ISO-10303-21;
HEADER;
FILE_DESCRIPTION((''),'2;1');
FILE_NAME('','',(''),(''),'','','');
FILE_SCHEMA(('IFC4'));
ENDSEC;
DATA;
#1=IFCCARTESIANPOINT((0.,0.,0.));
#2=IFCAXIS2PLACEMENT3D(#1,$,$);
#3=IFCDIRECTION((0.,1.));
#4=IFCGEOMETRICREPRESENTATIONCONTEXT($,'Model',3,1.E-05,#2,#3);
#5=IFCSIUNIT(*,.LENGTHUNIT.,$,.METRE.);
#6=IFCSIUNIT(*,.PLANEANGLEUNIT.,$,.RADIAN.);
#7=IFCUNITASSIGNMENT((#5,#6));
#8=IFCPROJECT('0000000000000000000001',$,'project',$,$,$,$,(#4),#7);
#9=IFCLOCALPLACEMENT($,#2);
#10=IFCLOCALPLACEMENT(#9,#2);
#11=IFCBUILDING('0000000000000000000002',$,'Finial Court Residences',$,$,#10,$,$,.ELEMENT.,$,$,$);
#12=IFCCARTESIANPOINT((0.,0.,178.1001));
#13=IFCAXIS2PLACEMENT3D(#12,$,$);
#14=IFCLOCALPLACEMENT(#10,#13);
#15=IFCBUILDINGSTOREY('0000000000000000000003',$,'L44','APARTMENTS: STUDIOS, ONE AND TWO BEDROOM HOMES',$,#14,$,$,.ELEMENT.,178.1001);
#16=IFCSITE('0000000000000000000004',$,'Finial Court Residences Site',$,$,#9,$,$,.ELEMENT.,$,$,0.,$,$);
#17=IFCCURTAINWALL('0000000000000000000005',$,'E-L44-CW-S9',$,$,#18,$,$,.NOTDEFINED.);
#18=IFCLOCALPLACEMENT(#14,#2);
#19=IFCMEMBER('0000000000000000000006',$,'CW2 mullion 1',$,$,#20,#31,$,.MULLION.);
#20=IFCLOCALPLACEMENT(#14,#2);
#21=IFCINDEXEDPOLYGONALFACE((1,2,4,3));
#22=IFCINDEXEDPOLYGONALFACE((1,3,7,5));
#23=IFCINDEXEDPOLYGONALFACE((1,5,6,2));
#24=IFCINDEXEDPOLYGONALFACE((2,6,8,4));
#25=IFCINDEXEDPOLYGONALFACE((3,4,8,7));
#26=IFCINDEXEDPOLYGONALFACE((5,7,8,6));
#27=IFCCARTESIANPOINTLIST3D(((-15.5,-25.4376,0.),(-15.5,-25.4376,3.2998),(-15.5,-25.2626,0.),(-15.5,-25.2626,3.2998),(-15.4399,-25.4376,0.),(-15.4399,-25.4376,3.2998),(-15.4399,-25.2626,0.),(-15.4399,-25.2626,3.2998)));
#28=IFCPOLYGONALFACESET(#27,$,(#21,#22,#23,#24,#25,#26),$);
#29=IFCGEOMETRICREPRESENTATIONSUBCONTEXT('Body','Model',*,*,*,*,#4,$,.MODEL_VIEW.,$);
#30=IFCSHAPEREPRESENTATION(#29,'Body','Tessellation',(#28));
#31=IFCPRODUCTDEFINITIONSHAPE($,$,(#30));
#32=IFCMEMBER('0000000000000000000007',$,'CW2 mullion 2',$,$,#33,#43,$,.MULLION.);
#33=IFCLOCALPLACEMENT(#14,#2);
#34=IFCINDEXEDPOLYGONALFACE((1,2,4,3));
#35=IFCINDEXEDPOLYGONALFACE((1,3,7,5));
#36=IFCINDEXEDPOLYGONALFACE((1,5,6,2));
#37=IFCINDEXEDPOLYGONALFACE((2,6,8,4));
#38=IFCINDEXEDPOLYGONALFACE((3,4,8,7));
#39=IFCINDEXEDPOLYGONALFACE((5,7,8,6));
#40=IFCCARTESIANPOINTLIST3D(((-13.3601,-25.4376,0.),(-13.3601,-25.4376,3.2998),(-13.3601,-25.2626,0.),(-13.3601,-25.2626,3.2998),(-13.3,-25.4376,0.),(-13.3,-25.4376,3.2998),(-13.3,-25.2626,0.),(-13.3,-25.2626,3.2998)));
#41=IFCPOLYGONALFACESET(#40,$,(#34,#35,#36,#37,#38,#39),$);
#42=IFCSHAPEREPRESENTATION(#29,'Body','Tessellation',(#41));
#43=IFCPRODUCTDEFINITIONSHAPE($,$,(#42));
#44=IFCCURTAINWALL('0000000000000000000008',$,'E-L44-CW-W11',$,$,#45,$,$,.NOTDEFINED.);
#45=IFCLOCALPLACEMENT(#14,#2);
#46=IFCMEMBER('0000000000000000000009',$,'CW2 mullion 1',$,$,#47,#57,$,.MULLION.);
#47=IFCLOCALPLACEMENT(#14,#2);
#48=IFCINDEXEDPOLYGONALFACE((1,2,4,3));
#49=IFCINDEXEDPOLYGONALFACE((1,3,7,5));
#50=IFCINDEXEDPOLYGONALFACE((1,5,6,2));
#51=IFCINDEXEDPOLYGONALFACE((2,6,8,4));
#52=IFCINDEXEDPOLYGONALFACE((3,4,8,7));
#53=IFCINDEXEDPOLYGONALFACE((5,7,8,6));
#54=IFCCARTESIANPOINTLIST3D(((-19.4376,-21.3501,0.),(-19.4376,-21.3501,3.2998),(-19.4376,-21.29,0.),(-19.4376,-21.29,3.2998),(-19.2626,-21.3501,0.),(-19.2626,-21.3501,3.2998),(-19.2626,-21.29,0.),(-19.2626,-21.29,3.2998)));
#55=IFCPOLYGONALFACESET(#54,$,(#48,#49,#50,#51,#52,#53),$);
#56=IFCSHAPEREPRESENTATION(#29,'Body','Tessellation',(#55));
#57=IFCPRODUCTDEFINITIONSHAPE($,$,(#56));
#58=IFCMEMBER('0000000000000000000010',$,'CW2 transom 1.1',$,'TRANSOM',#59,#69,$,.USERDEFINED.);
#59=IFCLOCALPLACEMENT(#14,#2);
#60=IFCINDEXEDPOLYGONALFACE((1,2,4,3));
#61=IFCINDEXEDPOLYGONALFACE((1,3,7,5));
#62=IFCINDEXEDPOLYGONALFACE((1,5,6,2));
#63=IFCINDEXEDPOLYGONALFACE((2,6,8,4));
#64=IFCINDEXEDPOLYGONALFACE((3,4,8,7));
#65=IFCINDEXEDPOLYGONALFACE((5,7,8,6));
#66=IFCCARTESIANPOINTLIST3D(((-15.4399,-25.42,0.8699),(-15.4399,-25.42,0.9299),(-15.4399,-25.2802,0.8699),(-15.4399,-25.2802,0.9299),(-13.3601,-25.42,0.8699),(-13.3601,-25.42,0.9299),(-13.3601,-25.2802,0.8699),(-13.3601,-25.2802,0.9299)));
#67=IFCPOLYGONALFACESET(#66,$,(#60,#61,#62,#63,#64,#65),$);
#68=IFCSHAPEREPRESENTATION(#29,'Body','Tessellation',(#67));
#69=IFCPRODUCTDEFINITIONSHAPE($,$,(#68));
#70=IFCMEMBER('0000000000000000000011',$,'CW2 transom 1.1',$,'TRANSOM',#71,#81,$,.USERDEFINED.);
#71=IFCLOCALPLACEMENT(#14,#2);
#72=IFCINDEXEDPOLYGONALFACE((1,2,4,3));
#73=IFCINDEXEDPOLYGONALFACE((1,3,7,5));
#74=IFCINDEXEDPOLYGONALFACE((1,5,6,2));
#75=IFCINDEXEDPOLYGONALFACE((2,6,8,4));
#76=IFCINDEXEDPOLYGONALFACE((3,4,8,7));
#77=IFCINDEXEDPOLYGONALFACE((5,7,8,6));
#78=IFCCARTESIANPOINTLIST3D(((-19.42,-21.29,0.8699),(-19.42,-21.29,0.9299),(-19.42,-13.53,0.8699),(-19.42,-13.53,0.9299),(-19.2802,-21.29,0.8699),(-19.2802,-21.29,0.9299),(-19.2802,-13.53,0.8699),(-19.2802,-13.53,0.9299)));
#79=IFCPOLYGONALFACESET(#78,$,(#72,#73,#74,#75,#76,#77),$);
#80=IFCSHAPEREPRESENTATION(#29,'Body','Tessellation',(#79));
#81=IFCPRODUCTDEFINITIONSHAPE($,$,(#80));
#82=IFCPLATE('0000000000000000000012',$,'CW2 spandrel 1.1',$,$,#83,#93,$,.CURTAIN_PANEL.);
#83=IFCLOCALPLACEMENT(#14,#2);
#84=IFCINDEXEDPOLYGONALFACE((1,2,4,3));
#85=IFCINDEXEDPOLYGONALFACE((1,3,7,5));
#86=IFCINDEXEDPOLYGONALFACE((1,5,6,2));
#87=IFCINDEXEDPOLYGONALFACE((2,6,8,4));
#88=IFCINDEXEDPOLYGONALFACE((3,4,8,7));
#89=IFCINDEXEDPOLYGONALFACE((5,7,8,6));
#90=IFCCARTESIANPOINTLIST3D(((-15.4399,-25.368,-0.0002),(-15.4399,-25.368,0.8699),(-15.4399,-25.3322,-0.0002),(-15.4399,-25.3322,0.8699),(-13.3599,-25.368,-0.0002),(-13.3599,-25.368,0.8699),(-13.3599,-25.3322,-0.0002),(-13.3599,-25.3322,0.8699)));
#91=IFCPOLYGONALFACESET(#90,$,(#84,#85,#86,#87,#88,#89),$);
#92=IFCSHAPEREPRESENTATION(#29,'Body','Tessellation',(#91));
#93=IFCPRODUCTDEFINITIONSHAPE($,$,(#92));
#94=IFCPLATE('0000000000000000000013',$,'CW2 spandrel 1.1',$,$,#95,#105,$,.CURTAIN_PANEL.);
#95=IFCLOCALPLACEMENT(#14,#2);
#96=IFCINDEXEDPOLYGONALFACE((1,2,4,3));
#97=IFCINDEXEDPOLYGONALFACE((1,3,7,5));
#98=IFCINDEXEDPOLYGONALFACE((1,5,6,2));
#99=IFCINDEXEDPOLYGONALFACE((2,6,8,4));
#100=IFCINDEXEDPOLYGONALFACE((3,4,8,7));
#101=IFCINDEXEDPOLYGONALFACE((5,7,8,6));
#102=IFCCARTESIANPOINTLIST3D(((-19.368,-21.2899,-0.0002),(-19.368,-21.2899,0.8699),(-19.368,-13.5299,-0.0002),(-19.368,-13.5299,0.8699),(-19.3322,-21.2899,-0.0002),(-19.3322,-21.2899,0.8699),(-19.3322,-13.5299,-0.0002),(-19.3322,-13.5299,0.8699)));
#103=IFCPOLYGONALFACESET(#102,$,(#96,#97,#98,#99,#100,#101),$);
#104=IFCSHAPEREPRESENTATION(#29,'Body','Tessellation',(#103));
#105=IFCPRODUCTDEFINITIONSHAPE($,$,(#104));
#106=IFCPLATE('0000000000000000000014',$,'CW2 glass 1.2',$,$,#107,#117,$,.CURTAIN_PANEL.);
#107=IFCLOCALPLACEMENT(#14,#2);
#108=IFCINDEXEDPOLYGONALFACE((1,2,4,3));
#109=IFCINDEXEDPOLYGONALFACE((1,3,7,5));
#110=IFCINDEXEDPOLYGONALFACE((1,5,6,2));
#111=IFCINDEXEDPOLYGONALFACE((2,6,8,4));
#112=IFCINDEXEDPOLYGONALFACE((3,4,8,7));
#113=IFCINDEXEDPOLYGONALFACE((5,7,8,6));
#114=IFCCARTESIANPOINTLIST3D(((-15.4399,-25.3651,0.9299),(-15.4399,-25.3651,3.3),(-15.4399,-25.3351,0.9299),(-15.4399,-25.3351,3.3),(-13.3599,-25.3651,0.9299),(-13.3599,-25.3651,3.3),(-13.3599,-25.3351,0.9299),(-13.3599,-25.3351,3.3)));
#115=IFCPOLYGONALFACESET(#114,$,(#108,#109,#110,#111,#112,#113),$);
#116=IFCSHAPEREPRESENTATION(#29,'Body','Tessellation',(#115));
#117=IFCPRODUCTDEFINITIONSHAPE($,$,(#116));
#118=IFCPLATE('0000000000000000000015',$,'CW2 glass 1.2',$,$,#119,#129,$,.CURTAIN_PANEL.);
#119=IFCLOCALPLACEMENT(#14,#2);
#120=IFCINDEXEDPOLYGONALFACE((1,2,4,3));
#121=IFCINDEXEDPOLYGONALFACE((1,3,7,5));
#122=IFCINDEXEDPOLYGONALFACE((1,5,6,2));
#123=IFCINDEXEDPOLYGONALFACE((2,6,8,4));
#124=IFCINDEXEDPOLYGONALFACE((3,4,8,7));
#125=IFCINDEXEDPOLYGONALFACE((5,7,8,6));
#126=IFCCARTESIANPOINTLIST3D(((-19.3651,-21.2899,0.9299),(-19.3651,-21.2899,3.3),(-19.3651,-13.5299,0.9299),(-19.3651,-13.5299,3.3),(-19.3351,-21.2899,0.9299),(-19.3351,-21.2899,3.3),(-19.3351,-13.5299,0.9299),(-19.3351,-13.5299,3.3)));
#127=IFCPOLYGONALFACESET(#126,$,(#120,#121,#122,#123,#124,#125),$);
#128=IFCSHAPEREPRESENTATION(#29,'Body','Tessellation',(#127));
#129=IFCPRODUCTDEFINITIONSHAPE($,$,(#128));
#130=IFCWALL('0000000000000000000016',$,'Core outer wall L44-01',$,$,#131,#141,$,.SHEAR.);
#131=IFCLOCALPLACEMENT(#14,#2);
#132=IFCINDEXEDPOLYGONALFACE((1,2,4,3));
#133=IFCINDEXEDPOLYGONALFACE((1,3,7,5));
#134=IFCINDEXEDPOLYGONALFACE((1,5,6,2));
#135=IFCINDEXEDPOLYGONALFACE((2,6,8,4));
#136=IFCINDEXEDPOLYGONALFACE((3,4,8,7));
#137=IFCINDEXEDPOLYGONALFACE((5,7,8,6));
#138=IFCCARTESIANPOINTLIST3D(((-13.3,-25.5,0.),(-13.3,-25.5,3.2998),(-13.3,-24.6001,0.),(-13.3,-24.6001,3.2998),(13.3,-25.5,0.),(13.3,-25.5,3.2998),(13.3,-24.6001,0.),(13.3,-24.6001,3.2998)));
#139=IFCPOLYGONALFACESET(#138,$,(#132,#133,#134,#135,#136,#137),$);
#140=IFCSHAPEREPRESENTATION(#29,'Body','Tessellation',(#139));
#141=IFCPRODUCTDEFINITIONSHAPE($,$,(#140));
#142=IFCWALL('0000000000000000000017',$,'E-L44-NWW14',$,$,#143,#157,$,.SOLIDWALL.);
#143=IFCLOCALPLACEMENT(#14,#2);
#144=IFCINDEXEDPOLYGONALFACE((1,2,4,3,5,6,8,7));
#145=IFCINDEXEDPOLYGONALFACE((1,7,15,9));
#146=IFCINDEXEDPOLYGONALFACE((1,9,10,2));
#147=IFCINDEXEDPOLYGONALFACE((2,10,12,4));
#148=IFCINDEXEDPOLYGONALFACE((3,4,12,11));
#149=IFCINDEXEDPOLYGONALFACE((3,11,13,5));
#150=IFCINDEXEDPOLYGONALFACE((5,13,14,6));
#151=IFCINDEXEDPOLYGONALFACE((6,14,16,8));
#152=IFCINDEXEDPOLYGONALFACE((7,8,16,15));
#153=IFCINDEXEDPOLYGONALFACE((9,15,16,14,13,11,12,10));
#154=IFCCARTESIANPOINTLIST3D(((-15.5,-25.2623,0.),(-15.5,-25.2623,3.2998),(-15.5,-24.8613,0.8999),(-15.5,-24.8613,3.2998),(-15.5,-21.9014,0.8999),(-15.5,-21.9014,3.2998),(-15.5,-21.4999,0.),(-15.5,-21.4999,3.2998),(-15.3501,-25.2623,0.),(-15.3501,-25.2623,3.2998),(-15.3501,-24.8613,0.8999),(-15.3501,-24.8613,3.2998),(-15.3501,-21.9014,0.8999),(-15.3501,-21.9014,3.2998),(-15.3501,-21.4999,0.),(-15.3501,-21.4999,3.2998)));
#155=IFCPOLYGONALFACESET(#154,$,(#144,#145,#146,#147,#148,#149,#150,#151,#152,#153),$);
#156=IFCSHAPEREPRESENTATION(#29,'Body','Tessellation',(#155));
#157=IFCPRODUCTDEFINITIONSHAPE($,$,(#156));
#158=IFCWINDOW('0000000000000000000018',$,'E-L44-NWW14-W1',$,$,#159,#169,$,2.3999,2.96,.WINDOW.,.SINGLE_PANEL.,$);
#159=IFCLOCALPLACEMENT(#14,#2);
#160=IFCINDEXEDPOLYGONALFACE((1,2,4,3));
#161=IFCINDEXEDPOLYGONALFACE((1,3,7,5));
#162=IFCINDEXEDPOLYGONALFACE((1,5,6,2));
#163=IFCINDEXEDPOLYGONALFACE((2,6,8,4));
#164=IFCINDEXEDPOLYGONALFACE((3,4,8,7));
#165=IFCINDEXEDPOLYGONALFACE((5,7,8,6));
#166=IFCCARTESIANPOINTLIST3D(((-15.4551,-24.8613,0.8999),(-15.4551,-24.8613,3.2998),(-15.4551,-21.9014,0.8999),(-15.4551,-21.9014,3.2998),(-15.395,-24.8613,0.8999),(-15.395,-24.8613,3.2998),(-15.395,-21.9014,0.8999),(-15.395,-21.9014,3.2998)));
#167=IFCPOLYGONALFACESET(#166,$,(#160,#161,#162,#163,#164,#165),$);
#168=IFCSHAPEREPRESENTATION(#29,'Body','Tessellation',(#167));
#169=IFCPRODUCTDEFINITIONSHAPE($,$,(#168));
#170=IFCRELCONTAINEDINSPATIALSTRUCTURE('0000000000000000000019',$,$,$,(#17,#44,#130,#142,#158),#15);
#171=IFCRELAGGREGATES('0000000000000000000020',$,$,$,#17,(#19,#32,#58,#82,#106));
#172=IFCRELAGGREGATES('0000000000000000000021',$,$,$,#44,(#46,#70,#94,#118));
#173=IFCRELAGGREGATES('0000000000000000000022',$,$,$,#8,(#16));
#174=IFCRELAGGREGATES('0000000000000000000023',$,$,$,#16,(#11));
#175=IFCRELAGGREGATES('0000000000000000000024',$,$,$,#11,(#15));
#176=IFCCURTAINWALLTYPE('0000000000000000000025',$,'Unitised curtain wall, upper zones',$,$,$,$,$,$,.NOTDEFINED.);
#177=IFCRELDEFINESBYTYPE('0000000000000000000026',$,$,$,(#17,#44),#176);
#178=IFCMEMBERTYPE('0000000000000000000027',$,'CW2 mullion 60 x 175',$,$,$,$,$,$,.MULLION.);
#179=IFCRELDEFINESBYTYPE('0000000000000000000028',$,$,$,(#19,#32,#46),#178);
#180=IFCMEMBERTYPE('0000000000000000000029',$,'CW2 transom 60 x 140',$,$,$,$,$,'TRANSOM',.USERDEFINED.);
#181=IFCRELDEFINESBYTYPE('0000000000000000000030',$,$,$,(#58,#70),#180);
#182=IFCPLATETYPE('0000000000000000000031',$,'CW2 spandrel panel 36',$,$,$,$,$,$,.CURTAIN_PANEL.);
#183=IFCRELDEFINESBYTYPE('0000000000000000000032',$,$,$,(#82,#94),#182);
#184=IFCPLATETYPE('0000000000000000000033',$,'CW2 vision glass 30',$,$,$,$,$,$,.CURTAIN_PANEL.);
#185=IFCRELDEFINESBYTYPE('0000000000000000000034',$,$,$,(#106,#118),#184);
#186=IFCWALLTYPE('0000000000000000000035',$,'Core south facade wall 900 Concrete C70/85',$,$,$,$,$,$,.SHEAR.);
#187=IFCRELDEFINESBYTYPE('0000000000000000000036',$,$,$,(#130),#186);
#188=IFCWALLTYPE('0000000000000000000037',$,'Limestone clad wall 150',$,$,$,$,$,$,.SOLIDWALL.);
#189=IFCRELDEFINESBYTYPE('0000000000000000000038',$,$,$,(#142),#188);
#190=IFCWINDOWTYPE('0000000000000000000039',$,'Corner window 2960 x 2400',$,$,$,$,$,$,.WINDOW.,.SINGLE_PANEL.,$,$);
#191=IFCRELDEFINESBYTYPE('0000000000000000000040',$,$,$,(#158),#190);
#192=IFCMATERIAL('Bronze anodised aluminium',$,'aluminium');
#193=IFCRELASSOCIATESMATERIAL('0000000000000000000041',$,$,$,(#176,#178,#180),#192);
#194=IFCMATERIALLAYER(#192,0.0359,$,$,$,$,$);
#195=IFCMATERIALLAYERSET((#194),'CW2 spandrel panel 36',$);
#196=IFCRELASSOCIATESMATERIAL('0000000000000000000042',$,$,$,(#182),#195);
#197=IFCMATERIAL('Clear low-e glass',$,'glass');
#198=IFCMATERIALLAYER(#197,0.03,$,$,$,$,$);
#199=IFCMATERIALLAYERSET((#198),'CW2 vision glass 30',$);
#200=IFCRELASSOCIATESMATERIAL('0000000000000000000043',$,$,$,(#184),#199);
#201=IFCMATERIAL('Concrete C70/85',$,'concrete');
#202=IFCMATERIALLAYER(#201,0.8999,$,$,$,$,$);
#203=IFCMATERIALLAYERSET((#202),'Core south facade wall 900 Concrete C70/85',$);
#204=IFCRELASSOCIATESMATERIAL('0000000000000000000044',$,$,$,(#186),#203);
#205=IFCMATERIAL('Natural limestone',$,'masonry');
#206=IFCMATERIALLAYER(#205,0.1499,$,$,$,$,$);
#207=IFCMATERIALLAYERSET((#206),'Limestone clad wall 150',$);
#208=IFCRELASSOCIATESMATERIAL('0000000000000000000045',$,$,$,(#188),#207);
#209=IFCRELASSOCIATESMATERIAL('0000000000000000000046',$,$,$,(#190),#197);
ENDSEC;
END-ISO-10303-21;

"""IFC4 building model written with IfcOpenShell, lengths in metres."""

from ifc_helpers import new_model, si_unit, direction, frame, frame_2d, origin, origin_2d, place, context, subcontext, project, spatial, rectangle, extrude, material, layer, layer_set, material_profile, profile_set, type_object, element, fill, aggregate, save


model = new_model("IFC4")

# Units and contexts
model_context = context("Model", 3, precision=1e-05, world=origin(), true_north=direction((0.0, 1.0)))
body_context = subcontext(model_context, "Body", "Model", "MODEL_VIEW")
ifc_project = project(units=[si_unit("LENGTHUNIT", "METRE"), si_unit("PLANEANGLEUNIT", "RADIAN")], contexts=[model_context])

# Site, building, storey
site_placement = place(None, origin())
site = spatial("IfcSite", under=ifc_project, at=site_placement, Name="Finial Court Residences Site", CompositionType="ELEMENT", RefElevation=0.0)
building_placement = place(site_placement, origin())
building = spatial("IfcBuilding", under=site, at=building_placement, Name="Finial Court Residences", CompositionType="ELEMENT")
storey_placement = place(building_placement, frame((0.0, 0.0, 178.1001)))
storey = spatial("IfcBuildingStorey", under=building, at=storey_placement, Name="L44", Description="APARTMENTS: STUDIOS, ONE AND TWO BEDROOM HOMES", CompositionType="ELEMENT", Elevation=178.1001)

# Curtain wall, members
ifc_material_1 = material(Name="Bronze anodised aluminium", Category="aluminium")
curtain_wall_type = type_object("IfcCurtainWallType", Name="Unitised curtain wall, upper zones", PredefinedType="NOTDEFINED", material=ifc_material_1)
curtain_wall_1_placement = place(storey_placement, origin())
curtain_wall_1 = element("IfcCurtainWall", 1, at=curtain_wall_1_placement, inside=storey, type_object=curtain_wall_type, Name="E-L44-CW-S9", PredefinedType="NOTDEFINED")
ifc_material_profile_1 = material_profile(ifc_material_1, rectangle(XDim=0.175, YDim=0.0601, at=origin_2d()), Name="CW2 mullion 60 x 175")
ifc_profile_set_1 = profile_set([ifc_material_profile_1], Name="Bronze anodised aluminium")
member_type_1 = type_object("IfcMemberType", Name="CW2 mullion 60 x 175", PredefinedType="MULLION", material=ifc_profile_set_1)
member_1_placement = place(storey_placement, frame((-15.47, -25.3501, 0.0), z_axis=(0.0, 0.0, 1.0), x_axis=(0.0, 1.0, 0.0)))
member_1 = element("IfcMember", 2, at=member_1_placement, type_object=member_type_1, Name="CW2 mullion 1", PredefinedType="MULLION", context=body_context, shape_type="SweptSolid", body=[
    extrude(rectangle(XDim=0.175, YDim=0.0601, at=origin_2d()), origin(), (0.0, 0.0, 1.0), 3.2998),
])
member_2_placement = place(storey_placement, frame((-13.3301, -25.3501, 0.0), z_axis=(0.0, 0.0, 1.0), x_axis=(0.0, 1.0, 0.0)))
member_2 = element("IfcMember", 3, at=member_2_placement, type_object=member_type_1, Name="CW2 mullion 2", PredefinedType="MULLION", context=body_context, shape_type="SweptSolid", body=[
    extrude(rectangle(XDim=0.175, YDim=0.0601, at=origin_2d()), origin(), (0.0, 0.0, 1.0), 3.2998),
])

# Curtain wall, member
curtain_wall_2_placement = place(storey_placement, origin())
curtain_wall_2 = element("IfcCurtainWall", 4, at=curtain_wall_2_placement, inside=storey, type_object=curtain_wall_type, Name="E-L44-CW-W11", PredefinedType="NOTDEFINED")
member_3_placement = place(storey_placement, frame((-19.3501, -21.3201, 0.0), z_axis=(0.0, 0.0, 1.0), x_axis=(-1.0, 0.0, 0.0)))
member_3 = element("IfcMember", 5, at=member_3_placement, type_object=member_type_1, Name="CW2 mullion 1", PredefinedType="MULLION", context=body_context, shape_type="SweptSolid", body=[
    extrude(rectangle(XDim=0.175, YDim=0.0601, at=origin_2d()), origin(), (0.0, 0.0, 1.0), 3.2998),
])

# Members
ifc_material_profile_2 = material_profile(ifc_material_1, rectangle(XDim=0.1399, YDim=0.0601, at=origin_2d()), Name="CW2 transom 60 x 140")
ifc_profile_set_2 = profile_set([ifc_material_profile_2], Name="Bronze anodised aluminium")
member_type_2 = type_object("IfcMemberType", Name="CW2 transom 60 x 140", ElementType="TRANSOM", PredefinedType="USERDEFINED", material=ifc_profile_set_2)
member_4_placement = place(storey_placement, frame((-15.4399, -25.3501, 0.8999), z_axis=(1.0, 0.0, 0.0), x_axis=(0.0, 1.0, 0.0)))
member_4 = element("IfcMember", 6, at=member_4_placement, type_object=member_type_2, Name="CW2 transom 1.1", ObjectType="TRANSOM", PredefinedType="USERDEFINED", context=body_context, shape_type="SweptSolid", body=[
    extrude(rectangle(XDim=0.1399, YDim=0.0601, at=origin_2d()), origin(), (0.0, 0.0, 1.0), 2.0798),
])
member_5_placement = place(storey_placement, frame((-19.3501, -21.29, 0.8999), z_axis=(0.0, 1.0, 0.0), x_axis=(-1.0, 0.0, 0.0)))
member_5 = element("IfcMember", 7, at=member_5_placement, type_object=member_type_2, Name="CW2 transom 1.1", ObjectType="TRANSOM", PredefinedType="USERDEFINED", context=body_context, shape_type="SweptSolid", body=[
    extrude(rectangle(XDim=0.1399, YDim=0.0601, at=origin_2d()), origin(), (0.0, 0.0, 1.0), 7.76),
])

# Plates
ifc_layer_1 = layer(ifc_material_1, 0.0359)
ifc_layer_set_1 = layer_set([ifc_layer_1], Name="CW2 spandrel panel 36")
plate_type_1 = type_object("IfcPlateType", Name="CW2 spandrel panel 36", PredefinedType="CURTAIN_PANEL", material=ifc_layer_set_1)
plate_1_placement = place(storey_placement, frame((-14.3999, -25.3501, -0.0002), z_axis=(0.0, 0.0, 1.0), x_axis=(1.0, 0.0, 0.0)))
plate_1 = element("IfcPlate", 8, at=plate_1_placement, type_object=plate_type_1, Name="CW2 spandrel 1.1", PredefinedType="CURTAIN_PANEL", context=body_context, shape_type="SweptSolid", body=[
    extrude(rectangle(XDim=2.0801, YDim=0.0359, at=origin_2d()), origin(), (0.0, 0.0, 1.0), 0.8701),
])
plate_2_placement = place(storey_placement, frame((-19.3501, -17.4099, -0.0002), z_axis=(0.0, 0.0, 1.0), x_axis=(0.0, 1.0, 0.0)))
plate_2 = element("IfcPlate", 9, at=plate_2_placement, type_object=plate_type_1, Name="CW2 spandrel 1.1", PredefinedType="CURTAIN_PANEL", context=body_context, shape_type="SweptSolid", body=[
    extrude(rectangle(XDim=7.76, YDim=0.0359, at=origin_2d()), origin(), (0.0, 0.0, 1.0), 0.8701),
])
ifc_material_2 = material(Name="Clear low-e glass", Category="glass")
ifc_layer_2 = layer(ifc_material_2, 0.03)
ifc_layer_set_2 = layer_set([ifc_layer_2], Name="CW2 vision glass 30")
plate_type_2 = type_object("IfcPlateType", Name="CW2 vision glass 30", PredefinedType="CURTAIN_PANEL", material=ifc_layer_set_2)
plate_3_placement = place(storey_placement, frame((-14.3999, -25.3501, 0.9299), z_axis=(0.0, 0.0, 1.0), x_axis=(1.0, 0.0, 0.0)))
plate_3 = element("IfcPlate", 10, at=plate_3_placement, type_object=plate_type_2, Name="CW2 glass 1.2", PredefinedType="CURTAIN_PANEL", context=body_context, shape_type="SweptSolid", body=[
    extrude(rectangle(XDim=2.0801, YDim=0.03, at=origin_2d()), origin(), (0.0, 0.0, 1.0), 2.3701),
])
aggregate(curtain_wall_1, [member_1, member_2, member_4, plate_1, plate_3])
plate_4_placement = place(storey_placement, frame((-19.3501, -17.4099, 0.9299), z_axis=(0.0, 0.0, 1.0), x_axis=(0.0, 1.0, 0.0)))
plate_4 = element("IfcPlate", 11, at=plate_4_placement, type_object=plate_type_2, Name="CW2 glass 1.2", PredefinedType="CURTAIN_PANEL", context=body_context, shape_type="SweptSolid", body=[
    extrude(rectangle(XDim=7.76, YDim=0.03, at=origin_2d()), origin(), (0.0, 0.0, 1.0), 2.3701),
])
aggregate(curtain_wall_2, [member_3, member_5, plate_2, plate_4])

# Wall
ifc_material_3 = material(Name="Concrete C70/85", Category="concrete")
ifc_layer_3 = layer(ifc_material_3, 0.8999)
ifc_layer_set_3 = layer_set([ifc_layer_3], Name="Core south facade wall 900 Concrete C70/85")
wall_type_1 = type_object("IfcWallType", Name="Core south facade wall 900 Concrete C70/85", PredefinedType="SHEAR", material=ifc_layer_set_3)
wall_1_placement = place(storey_placement, frame((-13.3, -25.05, 0.0), z_axis=(0.0, 0.0, 1.0), x_axis=(1.0, 0.0, 0.0)))
element("IfcWall", 12, at=wall_1_placement, inside=storey, type_object=wall_type_1, Name="Core outer wall L44-01", PredefinedType="SHEAR", context=body_context, shape_type="SweptSolid", body=[
    extrude(rectangle(XDim=26.6001, YDim=0.8999, at=frame_2d((13.3, 0.0))), origin(), (0.0, 0.0, 1.0), 3.2998),
])

# Wall, opening, window
ifc_material_4 = material(Name="Natural limestone", Category="masonry")
ifc_layer_4 = layer(ifc_material_4, 0.1499)
ifc_layer_set_4 = layer_set([ifc_layer_4], Name="Limestone clad wall 150")
wall_type_2 = type_object("IfcWallType", Name="Limestone clad wall 150", PredefinedType="SOLIDWALL", material=ifc_layer_set_4)
wall_2_placement = place(storey_placement, frame((-15.425, -25.2625, 0.0), z_axis=(0.0, 0.0, 1.0), x_axis=(0.0, 1.0, 0.0)))
wall_2 = element("IfcWall", 13, at=wall_2_placement, inside=storey, type_object=wall_type_2, Name="E-L44-NWW14", PredefinedType="SOLIDWALL", context=body_context, shape_type="SweptSolid", body=[
    extrude(rectangle(XDim=3.7625, YDim=0.1499, at=frame_2d((1.8813, 0.0))), origin(), (0.0, 0.0, 1.0), 3.2998),
])
opening_1_placement = place(wall_2_placement, frame((0.4011, 0.0, 0.8999)))
opening_1 = element("IfcOpeningElement", 14, at=opening_1_placement, cuts=wall_2, PredefinedType="OPENING", context=body_context, shape_type="SweptSolid", body=[
    extrude(rectangle(XDim=2.96, YDim=2.3999, at=frame_2d((1.48, 1.2))), frame((0.0, 0.085, 0.0), z_axis=(0.0, -1.0, 0.0), x_axis=(1.0, 0.0, 0.0)), (0.0, 0.0, 1.0), 0.1699),
])
window_type_1 = type_object("IfcWindowType", Name="Corner window 2960 x 2400", PartitioningType="SINGLE_PANEL", PredefinedType="WINDOW", material=ifc_material_2)
window_1_placement = place(opening_1_placement, origin())
window_1 = element("IfcWindow", 15, at=window_1_placement, inside=storey, type_object=window_type_1, Name="E-L44-NWW14-W1", OverallHeight=2.3999, OverallWidth=2.96, PartitioningType="SINGLE_PANEL", PredefinedType="WINDOW", context=body_context, shape_type="SweptSolid", body=[
    extrude(rectangle(XDim=2.96, YDim=2.3999, at=frame_2d((1.48, 1.2))), frame((0.0, 0.03, 0.0), z_axis=(0.0, -1.0, 0.0), x_axis=(1.0, 0.0, 0.0)), (0.0, 0.0, 1.0), 0.0601),
])
fill(opening_1, window_1)

save(model, "model.ifc")
